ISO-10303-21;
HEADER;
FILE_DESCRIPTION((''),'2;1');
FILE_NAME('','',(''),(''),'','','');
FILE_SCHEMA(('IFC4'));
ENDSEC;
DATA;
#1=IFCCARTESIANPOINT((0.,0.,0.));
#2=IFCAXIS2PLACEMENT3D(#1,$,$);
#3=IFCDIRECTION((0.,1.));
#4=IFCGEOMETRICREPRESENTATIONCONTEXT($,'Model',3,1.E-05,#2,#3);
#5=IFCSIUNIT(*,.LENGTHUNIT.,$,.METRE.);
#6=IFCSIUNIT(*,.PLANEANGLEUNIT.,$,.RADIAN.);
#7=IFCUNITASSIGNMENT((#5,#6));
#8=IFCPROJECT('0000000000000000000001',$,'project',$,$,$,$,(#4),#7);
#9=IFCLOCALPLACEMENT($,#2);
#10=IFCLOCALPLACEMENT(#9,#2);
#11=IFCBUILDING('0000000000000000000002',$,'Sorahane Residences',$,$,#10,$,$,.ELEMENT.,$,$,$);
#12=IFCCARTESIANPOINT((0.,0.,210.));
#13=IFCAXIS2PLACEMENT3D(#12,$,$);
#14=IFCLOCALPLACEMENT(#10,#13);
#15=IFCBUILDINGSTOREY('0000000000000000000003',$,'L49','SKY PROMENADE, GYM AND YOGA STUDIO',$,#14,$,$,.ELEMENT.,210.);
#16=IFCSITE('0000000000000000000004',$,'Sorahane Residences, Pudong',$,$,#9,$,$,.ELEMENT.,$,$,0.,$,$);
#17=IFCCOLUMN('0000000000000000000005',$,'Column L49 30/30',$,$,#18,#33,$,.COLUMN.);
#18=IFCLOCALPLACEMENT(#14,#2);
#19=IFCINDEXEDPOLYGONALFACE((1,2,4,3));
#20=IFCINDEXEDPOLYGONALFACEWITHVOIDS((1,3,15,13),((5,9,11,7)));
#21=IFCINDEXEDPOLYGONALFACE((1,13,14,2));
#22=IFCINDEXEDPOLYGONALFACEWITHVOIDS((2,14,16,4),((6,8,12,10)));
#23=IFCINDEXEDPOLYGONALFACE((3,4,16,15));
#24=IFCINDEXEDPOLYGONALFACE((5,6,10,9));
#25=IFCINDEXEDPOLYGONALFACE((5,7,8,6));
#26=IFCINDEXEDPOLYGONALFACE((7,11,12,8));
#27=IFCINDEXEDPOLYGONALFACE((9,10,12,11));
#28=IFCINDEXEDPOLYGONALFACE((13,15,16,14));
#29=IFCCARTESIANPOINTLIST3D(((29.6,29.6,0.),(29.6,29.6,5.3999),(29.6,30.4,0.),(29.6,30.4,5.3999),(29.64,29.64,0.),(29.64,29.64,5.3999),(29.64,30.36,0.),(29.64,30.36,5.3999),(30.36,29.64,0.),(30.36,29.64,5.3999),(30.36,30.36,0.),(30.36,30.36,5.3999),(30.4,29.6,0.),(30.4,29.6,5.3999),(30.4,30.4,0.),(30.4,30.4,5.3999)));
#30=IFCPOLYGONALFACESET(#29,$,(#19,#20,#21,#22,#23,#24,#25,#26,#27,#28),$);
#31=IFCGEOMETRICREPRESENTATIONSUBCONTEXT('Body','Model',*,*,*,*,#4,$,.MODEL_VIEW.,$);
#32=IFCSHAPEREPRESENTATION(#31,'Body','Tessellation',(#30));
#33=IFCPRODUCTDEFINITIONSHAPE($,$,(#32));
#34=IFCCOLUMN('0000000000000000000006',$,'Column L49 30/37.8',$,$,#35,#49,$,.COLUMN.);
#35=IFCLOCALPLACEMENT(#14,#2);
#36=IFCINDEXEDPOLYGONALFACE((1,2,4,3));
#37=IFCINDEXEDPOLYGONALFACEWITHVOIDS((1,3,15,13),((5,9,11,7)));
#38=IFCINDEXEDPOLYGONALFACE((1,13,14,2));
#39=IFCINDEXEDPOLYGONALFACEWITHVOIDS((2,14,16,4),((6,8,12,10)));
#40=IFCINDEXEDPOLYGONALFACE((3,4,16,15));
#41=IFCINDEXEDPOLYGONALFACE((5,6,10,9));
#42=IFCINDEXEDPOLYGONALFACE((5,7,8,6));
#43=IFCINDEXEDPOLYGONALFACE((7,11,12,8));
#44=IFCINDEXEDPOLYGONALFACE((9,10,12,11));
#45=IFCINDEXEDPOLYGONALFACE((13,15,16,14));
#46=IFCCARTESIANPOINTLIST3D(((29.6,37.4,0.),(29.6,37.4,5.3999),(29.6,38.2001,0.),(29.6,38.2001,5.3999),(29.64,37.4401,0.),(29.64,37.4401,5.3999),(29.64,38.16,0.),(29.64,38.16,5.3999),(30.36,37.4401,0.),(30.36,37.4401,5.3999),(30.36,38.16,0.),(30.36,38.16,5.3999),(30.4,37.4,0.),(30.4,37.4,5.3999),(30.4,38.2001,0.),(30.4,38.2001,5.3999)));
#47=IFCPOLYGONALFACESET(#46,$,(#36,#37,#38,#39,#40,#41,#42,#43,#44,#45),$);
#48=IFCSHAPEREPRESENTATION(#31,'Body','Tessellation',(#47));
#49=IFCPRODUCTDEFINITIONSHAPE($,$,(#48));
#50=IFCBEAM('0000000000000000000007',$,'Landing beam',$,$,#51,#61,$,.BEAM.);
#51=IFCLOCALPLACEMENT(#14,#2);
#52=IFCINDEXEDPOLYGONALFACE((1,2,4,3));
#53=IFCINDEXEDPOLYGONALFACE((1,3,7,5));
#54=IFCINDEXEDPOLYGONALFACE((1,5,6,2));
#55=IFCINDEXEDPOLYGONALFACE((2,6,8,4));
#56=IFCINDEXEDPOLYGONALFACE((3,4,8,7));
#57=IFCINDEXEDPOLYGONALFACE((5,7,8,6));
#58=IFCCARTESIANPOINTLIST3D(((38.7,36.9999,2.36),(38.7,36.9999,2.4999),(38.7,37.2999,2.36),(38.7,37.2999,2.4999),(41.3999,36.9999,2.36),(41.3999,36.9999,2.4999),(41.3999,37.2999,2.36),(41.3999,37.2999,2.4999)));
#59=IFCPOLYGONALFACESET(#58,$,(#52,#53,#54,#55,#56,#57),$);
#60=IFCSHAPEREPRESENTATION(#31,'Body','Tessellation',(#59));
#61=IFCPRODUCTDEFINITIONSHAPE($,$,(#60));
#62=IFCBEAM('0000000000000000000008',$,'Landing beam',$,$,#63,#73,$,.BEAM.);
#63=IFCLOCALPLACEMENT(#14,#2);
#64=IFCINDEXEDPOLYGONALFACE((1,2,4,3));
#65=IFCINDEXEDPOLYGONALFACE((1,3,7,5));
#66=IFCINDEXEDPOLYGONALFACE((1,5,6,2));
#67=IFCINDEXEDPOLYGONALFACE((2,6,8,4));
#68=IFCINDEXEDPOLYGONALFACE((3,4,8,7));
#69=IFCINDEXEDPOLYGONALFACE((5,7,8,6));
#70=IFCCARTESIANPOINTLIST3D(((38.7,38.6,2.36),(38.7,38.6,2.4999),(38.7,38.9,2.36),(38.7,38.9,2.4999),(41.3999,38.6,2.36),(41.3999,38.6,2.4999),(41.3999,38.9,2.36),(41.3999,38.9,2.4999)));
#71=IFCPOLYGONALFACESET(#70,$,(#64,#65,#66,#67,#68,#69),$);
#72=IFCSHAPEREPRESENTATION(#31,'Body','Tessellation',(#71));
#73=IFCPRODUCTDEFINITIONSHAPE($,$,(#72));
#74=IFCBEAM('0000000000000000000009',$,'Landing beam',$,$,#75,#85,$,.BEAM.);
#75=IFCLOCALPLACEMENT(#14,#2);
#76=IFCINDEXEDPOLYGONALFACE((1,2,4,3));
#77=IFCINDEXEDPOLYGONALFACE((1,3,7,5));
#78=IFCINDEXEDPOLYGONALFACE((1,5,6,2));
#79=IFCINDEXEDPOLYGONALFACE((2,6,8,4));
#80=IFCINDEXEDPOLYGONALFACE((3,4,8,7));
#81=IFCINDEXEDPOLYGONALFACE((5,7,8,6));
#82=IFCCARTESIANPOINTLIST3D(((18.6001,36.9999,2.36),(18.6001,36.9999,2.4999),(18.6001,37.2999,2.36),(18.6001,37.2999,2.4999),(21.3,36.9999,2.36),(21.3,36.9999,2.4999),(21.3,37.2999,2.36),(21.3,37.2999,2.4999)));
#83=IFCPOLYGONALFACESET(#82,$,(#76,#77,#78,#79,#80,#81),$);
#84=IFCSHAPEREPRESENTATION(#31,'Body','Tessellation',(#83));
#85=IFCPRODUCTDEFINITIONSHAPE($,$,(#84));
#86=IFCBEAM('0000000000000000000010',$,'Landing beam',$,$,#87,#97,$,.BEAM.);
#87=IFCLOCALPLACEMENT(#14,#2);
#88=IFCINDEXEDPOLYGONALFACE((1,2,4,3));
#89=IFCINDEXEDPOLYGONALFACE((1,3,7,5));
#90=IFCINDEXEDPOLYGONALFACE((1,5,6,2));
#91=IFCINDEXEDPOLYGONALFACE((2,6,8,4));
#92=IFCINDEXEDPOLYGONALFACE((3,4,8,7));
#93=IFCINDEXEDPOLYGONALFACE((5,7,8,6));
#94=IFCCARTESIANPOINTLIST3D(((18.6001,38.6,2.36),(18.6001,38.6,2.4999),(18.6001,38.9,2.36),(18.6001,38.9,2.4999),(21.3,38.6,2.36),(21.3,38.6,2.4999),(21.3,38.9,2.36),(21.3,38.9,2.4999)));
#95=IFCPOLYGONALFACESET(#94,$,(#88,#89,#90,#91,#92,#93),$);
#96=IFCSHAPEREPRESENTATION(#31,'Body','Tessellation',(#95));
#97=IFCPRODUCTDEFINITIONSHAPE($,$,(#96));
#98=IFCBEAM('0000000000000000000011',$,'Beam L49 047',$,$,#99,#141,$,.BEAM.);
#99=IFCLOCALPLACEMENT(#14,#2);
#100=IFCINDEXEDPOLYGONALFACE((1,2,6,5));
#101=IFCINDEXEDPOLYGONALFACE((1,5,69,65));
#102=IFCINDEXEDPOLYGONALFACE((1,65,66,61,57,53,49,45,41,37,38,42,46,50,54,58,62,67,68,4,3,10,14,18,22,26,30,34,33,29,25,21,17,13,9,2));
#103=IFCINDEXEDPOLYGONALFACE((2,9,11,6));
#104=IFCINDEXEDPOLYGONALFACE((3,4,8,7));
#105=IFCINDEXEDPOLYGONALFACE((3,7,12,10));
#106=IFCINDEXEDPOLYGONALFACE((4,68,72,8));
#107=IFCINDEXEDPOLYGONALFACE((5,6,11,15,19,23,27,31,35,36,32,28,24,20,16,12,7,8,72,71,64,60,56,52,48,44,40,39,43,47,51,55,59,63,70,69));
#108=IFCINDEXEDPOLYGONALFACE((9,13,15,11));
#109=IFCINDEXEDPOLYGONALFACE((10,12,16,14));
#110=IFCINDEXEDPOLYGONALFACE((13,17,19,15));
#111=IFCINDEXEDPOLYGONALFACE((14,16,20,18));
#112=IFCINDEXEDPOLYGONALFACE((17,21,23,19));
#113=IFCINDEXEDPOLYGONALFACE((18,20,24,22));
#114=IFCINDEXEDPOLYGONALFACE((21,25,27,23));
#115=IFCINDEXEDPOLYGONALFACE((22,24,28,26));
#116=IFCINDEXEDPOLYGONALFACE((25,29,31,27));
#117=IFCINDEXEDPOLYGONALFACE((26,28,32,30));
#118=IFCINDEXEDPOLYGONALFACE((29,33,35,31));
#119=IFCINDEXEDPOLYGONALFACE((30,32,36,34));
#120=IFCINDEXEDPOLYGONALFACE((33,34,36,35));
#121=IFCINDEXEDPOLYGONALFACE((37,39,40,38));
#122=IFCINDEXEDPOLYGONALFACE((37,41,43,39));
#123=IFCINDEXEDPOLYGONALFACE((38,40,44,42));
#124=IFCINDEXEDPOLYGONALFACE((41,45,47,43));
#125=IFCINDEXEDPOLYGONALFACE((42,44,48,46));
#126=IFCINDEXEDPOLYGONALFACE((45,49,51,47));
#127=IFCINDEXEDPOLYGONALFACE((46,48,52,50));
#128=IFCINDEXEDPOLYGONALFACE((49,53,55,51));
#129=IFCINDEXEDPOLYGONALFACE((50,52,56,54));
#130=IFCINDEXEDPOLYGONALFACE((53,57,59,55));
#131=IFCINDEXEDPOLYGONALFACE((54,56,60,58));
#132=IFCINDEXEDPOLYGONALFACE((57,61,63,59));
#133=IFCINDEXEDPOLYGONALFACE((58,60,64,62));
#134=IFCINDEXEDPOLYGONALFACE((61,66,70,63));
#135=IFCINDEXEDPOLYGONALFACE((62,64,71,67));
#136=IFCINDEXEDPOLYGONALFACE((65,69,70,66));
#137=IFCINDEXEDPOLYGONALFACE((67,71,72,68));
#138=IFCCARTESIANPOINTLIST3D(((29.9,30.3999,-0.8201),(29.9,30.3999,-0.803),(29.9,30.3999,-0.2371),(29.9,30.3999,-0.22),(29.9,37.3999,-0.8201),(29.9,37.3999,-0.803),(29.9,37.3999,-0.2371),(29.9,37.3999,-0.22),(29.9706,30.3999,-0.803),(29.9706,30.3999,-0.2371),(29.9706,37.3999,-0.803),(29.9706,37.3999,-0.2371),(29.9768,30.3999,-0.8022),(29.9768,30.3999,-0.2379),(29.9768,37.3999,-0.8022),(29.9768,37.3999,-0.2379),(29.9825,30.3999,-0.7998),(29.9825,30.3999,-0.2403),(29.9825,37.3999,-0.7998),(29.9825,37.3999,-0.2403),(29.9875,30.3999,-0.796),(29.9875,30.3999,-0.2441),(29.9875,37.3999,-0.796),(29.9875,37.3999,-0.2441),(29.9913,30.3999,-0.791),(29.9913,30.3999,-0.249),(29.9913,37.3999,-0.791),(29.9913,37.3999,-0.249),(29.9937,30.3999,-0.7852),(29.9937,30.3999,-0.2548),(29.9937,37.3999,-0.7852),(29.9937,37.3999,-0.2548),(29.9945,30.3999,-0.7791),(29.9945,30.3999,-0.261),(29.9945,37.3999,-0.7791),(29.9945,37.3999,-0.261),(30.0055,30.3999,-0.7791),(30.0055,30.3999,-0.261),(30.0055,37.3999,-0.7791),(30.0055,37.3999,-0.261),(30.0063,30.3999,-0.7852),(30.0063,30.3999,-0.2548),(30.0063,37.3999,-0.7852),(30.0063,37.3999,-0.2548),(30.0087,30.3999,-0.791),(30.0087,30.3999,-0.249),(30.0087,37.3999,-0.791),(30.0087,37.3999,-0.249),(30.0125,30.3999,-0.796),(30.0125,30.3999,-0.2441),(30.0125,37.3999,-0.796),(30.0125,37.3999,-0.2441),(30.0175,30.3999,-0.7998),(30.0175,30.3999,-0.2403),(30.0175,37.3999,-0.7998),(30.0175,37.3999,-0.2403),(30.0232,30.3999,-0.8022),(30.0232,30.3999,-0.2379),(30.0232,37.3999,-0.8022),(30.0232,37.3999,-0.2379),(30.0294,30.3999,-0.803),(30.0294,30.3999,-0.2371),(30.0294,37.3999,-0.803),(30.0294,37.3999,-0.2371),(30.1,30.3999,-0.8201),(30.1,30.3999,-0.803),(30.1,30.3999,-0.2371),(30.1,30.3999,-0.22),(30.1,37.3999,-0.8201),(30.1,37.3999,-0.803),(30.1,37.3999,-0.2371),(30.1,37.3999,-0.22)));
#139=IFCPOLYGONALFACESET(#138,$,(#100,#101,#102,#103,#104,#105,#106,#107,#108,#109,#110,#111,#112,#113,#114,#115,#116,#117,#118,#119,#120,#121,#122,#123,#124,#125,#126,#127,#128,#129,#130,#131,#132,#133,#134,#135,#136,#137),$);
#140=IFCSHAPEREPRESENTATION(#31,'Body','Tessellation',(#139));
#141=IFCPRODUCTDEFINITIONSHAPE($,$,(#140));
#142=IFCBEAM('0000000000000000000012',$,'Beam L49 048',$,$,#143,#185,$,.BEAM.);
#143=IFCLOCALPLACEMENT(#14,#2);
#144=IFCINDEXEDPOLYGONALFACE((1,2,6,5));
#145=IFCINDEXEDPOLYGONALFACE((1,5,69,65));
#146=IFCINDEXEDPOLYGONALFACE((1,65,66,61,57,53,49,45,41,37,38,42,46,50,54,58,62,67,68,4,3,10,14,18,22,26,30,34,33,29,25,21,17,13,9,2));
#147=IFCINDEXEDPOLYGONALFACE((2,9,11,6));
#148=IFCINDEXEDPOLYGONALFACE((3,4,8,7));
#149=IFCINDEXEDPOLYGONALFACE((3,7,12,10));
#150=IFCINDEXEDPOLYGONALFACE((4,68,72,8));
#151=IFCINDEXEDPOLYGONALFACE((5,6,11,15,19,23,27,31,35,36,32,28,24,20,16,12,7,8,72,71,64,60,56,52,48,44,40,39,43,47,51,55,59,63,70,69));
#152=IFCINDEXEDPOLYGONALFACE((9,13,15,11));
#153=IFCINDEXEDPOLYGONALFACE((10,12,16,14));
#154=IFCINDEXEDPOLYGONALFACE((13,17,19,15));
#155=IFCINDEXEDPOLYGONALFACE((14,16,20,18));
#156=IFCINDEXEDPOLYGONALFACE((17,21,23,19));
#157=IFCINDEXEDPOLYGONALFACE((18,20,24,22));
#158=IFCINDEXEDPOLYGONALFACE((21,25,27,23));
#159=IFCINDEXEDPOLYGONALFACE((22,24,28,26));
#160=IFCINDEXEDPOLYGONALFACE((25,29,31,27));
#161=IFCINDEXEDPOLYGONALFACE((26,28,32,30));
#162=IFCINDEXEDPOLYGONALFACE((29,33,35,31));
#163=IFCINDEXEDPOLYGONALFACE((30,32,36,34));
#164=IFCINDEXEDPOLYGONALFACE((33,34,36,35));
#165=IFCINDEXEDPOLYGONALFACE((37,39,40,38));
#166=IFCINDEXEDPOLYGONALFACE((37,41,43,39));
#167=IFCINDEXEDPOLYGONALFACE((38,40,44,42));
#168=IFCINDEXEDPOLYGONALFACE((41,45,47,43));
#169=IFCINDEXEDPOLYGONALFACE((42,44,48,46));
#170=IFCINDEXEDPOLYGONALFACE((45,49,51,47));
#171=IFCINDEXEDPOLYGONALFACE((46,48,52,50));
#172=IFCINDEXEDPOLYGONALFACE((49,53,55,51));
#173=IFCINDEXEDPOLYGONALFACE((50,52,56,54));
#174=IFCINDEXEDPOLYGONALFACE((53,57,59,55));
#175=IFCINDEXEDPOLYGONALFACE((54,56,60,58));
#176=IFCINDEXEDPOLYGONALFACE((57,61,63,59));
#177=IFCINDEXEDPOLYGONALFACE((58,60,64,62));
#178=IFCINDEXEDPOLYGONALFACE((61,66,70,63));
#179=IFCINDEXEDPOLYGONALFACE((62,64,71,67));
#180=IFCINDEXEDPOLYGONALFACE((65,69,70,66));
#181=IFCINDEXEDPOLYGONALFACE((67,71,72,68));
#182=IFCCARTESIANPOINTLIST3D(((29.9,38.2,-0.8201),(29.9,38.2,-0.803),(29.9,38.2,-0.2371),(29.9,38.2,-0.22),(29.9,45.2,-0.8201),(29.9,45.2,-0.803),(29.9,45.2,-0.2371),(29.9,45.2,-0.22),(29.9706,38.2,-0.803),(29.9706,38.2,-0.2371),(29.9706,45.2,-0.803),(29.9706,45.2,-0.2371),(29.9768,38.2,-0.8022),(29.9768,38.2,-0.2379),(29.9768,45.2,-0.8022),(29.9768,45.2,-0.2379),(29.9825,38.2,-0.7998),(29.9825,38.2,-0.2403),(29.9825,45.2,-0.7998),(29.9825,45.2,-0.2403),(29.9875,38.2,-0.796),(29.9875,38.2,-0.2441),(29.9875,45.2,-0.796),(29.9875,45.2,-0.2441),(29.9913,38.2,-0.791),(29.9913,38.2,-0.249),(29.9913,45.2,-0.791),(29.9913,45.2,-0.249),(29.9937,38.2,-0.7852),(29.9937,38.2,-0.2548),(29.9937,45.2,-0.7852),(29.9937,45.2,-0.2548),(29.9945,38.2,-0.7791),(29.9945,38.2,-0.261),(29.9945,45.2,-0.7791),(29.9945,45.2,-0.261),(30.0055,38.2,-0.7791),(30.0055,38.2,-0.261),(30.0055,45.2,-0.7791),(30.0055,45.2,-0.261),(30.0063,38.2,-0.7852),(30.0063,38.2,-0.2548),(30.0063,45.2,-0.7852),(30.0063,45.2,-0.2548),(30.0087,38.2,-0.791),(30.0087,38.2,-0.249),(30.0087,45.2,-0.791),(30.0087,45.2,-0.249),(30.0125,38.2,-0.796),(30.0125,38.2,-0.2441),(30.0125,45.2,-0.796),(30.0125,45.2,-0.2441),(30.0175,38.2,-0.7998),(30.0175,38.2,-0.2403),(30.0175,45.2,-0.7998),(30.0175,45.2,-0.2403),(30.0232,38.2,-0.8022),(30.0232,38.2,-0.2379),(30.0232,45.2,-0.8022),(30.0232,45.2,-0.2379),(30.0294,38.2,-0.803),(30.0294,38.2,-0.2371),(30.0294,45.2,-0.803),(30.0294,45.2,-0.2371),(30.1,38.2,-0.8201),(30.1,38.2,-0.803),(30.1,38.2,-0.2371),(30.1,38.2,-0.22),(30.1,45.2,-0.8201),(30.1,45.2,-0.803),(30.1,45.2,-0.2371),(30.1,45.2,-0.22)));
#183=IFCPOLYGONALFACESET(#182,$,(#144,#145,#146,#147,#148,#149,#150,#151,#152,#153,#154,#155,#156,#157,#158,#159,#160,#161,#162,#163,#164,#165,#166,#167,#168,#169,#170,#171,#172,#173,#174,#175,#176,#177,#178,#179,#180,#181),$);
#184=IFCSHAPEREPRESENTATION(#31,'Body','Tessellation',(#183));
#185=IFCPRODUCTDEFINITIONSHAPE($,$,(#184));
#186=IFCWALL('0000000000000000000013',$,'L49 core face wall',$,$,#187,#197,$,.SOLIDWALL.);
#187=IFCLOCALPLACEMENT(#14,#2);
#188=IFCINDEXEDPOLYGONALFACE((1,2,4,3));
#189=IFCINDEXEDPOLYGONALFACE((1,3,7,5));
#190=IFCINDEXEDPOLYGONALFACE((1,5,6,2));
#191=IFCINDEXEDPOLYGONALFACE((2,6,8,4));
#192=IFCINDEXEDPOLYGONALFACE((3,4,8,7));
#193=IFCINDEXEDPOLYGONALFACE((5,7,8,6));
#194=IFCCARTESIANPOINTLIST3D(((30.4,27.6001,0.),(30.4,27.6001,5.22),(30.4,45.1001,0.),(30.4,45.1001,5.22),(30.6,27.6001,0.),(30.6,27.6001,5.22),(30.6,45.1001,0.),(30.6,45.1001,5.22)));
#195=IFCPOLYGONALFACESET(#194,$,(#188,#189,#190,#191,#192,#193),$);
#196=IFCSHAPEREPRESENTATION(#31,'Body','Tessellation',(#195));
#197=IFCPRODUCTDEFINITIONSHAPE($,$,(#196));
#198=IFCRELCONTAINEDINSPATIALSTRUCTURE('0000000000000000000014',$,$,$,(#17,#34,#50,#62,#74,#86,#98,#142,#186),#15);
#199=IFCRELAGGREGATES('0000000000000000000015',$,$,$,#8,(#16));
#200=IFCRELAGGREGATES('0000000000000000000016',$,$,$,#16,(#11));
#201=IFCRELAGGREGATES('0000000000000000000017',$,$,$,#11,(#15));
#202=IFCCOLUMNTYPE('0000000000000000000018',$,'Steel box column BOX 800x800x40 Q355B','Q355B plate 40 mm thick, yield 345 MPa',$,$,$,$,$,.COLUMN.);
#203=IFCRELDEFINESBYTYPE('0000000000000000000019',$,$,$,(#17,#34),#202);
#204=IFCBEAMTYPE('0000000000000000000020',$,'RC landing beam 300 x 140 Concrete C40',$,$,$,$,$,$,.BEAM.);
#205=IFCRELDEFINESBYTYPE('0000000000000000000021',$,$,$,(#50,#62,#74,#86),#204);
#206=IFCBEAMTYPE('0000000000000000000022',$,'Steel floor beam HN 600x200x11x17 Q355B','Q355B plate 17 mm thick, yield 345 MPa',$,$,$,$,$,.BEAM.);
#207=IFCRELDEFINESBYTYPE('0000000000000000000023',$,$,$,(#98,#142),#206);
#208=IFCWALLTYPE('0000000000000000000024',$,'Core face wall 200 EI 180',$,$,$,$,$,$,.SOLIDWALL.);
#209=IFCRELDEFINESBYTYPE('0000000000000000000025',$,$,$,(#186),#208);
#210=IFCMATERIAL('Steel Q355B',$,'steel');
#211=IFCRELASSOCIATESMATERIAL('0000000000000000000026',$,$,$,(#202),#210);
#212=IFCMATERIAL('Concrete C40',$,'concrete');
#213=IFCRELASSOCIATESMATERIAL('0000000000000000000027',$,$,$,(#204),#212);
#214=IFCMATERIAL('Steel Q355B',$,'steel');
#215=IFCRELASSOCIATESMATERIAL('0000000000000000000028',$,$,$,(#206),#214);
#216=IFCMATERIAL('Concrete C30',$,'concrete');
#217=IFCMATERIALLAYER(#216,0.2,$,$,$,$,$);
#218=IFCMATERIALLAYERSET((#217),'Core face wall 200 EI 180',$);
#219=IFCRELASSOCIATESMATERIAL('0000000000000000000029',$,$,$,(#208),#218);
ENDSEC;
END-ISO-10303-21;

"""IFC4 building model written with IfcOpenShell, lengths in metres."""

from ifc_helpers import new_model, si_unit, direction, frame, frame_2d, origin, origin_2d, place, context, subcontext, project, spatial, rectangle, hollow_rectangle, i_section, extrude, material, layer, layer_set, material_profile, profile_set, type_object, element, save


model = new_model("IFC4")

# Units and contexts
model_context = context("Model", 3, precision=1e-05, world=origin(), true_north=direction((0.0, 1.0)))
body_context = subcontext(model_context, "Body", "Model", "MODEL_VIEW")
ifc_project = project(units=[si_unit("LENGTHUNIT", "METRE"), si_unit("PLANEANGLEUNIT", "RADIAN")], contexts=[model_context])

# Site, building, storey
site_placement = place(None, origin())
site = spatial("IfcSite", under=ifc_project, at=site_placement, Name="Sorahane Residences, Pudong", CompositionType="ELEMENT", RefElevation=0.0)
building_placement = place(site_placement, origin())
building = spatial("IfcBuilding", under=site, at=building_placement, Name="Sorahane Residences", CompositionType="ELEMENT")
storey_placement = place(building_placement, frame((0.0, 0.0, 210.0)))
storey = spatial("IfcBuildingStorey", under=building, at=storey_placement, Name="L49", Description="SKY PROMENADE, GYM AND YOGA STUDIO", CompositionType="ELEMENT", Elevation=210.0)

# Columns
ifc_material_1 = material(Name="Steel Q355B", Category="steel")
ifc_material_profile_1 = material_profile(ifc_material_1, hollow_rectangle(XDim=0.8, YDim=0.8, WallThickness=0.04, at=origin_2d()), Name="BOX 800x800x40")
ifc_profile_set_1 = profile_set([ifc_material_profile_1], Name="Steel Q355B")
column_type = type_object("IfcColumnType", Name="Steel box column BOX 800x800x40 Q355B", Description="Q355B plate 40 mm thick, yield 345 MPa", PredefinedType="COLUMN", material=ifc_profile_set_1)
for number, where, z_axis, x_axis, name in (
    (1, (30.0, 30.0, 0.0), (0.0, 0.0, 1.0), (1.0, 0.0, 0.0), "Column L49 30/30"),
    (2, (30.0, 37.8, 0.0), (0.0, 0.0, 1.0), (1.0, 0.0, 0.0), "Column L49 30/37.8"),
):
    element("IfcColumn", number, at=place(storey_placement, frame(where, z_axis=z_axis, x_axis=x_axis)), inside=storey, type_object=column_type, Name=name, PredefinedType="COLUMN", context=body_context, shape_type="SweptSolid", body=[
        extrude(hollow_rectangle(XDim=0.8, YDim=0.8, WallThickness=0.04, at=origin_2d()), origin(), (0.0, 0.0, 1.0), 5.3999),
    ])

# Beams
ifc_material_2 = material(Name="Concrete C40", Category="concrete")
ifc_material_profile_2 = material_profile(ifc_material_2, rectangle(XDim=0.3, YDim=0.1399, at=origin_2d()), Name="300x140")
ifc_profile_set_2 = profile_set([ifc_material_profile_2], Name="Concrete C40")
beam_type_1 = type_object("IfcBeamType", Name="RC landing beam 300 x 140 Concrete C40", PredefinedType="BEAM", material=ifc_profile_set_2)
for number, where, z_axis, x_axis, name in (
    (3, (38.7, 37.1499, 2.4299), (1.0, 0.0, 0.0), (0.0, 1.0, 0.0), "Landing beam"),
    (4, (38.7, 38.75, 2.4299), (1.0, 0.0, 0.0), (0.0, 1.0, 0.0), "Landing beam"),
    (5, (18.6001, 37.1499, 2.4299), (1.0, 0.0, 0.0), (0.0, 1.0, 0.0), "Landing beam"),
    (6, (18.6001, 38.75, 2.4299), (1.0, 0.0, 0.0), (0.0, 1.0, 0.0), "Landing beam"),
):
    element("IfcBeam", number, at=place(storey_placement, frame(where, z_axis=z_axis, x_axis=x_axis)), inside=storey, type_object=beam_type_1, Name=name, PredefinedType="BEAM", context=body_context, shape_type="SweptSolid", body=[
        extrude(rectangle(XDim=0.3, YDim=0.1399, at=origin_2d()), origin(), (0.0, 0.0, 1.0), 2.7),
    ])
ifc_material_3 = material(Name="Steel Q355B", Category="steel")
ifc_material_profile_3 = material_profile(ifc_material_3, i_section(OverallWidth=0.2, OverallDepth=0.6001, WebThickness=0.011, FlangeThickness=0.0171, FilletRadius=0.0239, at=origin_2d()), Name="HN 600x200x11x17")
ifc_profile_set_3 = profile_set([ifc_material_profile_3], Name="Steel Q355B")
beam_type_2 = type_object("IfcBeamType", Name="Steel floor beam HN 600x200x11x17 Q355B", Description="Q355B plate 17 mm thick, yield 345 MPa", PredefinedType="BEAM", material=ifc_profile_set_3)
for number, where, z_axis, x_axis, name in (
    (7, (30.0, 30.3999, -0.52), (0.0, 1.0, 0.0), (-1.0, 0.0, 0.0), "Beam L49 047"),
    (8, (30.0, 38.2, -0.52), (0.0, 1.0, 0.0), (-1.0, 0.0, 0.0), "Beam L49 048"),
):
    element("IfcBeam", number, at=place(storey_placement, frame(where, z_axis=z_axis, x_axis=x_axis)), inside=storey, type_object=beam_type_2, Name=name, PredefinedType="BEAM", context=body_context, shape_type="SweptSolid", body=[
        extrude(i_section(OverallWidth=0.2, OverallDepth=0.6001, WebThickness=0.011, FlangeThickness=0.0171, FilletRadius=0.0239, at=origin_2d()), origin(), (0.0, 0.0, 1.0), 7.0),
    ])

# Wall
ifc_material_4 = material(Name="Concrete C30", Category="concrete")
ifc_layer_1 = layer(ifc_material_4, 0.2)
ifc_layer_set_1 = layer_set([ifc_layer_1], Name="Core face wall 200 EI 180")
wall_type_1 = type_object("IfcWallType", Name="Core face wall 200 EI 180", PredefinedType="SOLIDWALL", material=ifc_layer_set_1)
wall_1_placement = place(storey_placement, frame((30.5, 27.6001, 0.0), z_axis=(0.0, 0.0, 1.0), x_axis=(0.0, 1.0, 0.0)))
element("IfcWall", 9, at=wall_1_placement, inside=storey, type_object=wall_type_1, Name="L49 core face wall", PredefinedType="SOLIDWALL", context=body_context, shape_type="SweptSolid", body=[
    extrude(rectangle(XDim=17.5, YDim=0.2, at=frame_2d((8.75, 0.0))), origin(), (0.0, 0.0, 1.0), 5.22),
])

save(model, "model.ifc")
